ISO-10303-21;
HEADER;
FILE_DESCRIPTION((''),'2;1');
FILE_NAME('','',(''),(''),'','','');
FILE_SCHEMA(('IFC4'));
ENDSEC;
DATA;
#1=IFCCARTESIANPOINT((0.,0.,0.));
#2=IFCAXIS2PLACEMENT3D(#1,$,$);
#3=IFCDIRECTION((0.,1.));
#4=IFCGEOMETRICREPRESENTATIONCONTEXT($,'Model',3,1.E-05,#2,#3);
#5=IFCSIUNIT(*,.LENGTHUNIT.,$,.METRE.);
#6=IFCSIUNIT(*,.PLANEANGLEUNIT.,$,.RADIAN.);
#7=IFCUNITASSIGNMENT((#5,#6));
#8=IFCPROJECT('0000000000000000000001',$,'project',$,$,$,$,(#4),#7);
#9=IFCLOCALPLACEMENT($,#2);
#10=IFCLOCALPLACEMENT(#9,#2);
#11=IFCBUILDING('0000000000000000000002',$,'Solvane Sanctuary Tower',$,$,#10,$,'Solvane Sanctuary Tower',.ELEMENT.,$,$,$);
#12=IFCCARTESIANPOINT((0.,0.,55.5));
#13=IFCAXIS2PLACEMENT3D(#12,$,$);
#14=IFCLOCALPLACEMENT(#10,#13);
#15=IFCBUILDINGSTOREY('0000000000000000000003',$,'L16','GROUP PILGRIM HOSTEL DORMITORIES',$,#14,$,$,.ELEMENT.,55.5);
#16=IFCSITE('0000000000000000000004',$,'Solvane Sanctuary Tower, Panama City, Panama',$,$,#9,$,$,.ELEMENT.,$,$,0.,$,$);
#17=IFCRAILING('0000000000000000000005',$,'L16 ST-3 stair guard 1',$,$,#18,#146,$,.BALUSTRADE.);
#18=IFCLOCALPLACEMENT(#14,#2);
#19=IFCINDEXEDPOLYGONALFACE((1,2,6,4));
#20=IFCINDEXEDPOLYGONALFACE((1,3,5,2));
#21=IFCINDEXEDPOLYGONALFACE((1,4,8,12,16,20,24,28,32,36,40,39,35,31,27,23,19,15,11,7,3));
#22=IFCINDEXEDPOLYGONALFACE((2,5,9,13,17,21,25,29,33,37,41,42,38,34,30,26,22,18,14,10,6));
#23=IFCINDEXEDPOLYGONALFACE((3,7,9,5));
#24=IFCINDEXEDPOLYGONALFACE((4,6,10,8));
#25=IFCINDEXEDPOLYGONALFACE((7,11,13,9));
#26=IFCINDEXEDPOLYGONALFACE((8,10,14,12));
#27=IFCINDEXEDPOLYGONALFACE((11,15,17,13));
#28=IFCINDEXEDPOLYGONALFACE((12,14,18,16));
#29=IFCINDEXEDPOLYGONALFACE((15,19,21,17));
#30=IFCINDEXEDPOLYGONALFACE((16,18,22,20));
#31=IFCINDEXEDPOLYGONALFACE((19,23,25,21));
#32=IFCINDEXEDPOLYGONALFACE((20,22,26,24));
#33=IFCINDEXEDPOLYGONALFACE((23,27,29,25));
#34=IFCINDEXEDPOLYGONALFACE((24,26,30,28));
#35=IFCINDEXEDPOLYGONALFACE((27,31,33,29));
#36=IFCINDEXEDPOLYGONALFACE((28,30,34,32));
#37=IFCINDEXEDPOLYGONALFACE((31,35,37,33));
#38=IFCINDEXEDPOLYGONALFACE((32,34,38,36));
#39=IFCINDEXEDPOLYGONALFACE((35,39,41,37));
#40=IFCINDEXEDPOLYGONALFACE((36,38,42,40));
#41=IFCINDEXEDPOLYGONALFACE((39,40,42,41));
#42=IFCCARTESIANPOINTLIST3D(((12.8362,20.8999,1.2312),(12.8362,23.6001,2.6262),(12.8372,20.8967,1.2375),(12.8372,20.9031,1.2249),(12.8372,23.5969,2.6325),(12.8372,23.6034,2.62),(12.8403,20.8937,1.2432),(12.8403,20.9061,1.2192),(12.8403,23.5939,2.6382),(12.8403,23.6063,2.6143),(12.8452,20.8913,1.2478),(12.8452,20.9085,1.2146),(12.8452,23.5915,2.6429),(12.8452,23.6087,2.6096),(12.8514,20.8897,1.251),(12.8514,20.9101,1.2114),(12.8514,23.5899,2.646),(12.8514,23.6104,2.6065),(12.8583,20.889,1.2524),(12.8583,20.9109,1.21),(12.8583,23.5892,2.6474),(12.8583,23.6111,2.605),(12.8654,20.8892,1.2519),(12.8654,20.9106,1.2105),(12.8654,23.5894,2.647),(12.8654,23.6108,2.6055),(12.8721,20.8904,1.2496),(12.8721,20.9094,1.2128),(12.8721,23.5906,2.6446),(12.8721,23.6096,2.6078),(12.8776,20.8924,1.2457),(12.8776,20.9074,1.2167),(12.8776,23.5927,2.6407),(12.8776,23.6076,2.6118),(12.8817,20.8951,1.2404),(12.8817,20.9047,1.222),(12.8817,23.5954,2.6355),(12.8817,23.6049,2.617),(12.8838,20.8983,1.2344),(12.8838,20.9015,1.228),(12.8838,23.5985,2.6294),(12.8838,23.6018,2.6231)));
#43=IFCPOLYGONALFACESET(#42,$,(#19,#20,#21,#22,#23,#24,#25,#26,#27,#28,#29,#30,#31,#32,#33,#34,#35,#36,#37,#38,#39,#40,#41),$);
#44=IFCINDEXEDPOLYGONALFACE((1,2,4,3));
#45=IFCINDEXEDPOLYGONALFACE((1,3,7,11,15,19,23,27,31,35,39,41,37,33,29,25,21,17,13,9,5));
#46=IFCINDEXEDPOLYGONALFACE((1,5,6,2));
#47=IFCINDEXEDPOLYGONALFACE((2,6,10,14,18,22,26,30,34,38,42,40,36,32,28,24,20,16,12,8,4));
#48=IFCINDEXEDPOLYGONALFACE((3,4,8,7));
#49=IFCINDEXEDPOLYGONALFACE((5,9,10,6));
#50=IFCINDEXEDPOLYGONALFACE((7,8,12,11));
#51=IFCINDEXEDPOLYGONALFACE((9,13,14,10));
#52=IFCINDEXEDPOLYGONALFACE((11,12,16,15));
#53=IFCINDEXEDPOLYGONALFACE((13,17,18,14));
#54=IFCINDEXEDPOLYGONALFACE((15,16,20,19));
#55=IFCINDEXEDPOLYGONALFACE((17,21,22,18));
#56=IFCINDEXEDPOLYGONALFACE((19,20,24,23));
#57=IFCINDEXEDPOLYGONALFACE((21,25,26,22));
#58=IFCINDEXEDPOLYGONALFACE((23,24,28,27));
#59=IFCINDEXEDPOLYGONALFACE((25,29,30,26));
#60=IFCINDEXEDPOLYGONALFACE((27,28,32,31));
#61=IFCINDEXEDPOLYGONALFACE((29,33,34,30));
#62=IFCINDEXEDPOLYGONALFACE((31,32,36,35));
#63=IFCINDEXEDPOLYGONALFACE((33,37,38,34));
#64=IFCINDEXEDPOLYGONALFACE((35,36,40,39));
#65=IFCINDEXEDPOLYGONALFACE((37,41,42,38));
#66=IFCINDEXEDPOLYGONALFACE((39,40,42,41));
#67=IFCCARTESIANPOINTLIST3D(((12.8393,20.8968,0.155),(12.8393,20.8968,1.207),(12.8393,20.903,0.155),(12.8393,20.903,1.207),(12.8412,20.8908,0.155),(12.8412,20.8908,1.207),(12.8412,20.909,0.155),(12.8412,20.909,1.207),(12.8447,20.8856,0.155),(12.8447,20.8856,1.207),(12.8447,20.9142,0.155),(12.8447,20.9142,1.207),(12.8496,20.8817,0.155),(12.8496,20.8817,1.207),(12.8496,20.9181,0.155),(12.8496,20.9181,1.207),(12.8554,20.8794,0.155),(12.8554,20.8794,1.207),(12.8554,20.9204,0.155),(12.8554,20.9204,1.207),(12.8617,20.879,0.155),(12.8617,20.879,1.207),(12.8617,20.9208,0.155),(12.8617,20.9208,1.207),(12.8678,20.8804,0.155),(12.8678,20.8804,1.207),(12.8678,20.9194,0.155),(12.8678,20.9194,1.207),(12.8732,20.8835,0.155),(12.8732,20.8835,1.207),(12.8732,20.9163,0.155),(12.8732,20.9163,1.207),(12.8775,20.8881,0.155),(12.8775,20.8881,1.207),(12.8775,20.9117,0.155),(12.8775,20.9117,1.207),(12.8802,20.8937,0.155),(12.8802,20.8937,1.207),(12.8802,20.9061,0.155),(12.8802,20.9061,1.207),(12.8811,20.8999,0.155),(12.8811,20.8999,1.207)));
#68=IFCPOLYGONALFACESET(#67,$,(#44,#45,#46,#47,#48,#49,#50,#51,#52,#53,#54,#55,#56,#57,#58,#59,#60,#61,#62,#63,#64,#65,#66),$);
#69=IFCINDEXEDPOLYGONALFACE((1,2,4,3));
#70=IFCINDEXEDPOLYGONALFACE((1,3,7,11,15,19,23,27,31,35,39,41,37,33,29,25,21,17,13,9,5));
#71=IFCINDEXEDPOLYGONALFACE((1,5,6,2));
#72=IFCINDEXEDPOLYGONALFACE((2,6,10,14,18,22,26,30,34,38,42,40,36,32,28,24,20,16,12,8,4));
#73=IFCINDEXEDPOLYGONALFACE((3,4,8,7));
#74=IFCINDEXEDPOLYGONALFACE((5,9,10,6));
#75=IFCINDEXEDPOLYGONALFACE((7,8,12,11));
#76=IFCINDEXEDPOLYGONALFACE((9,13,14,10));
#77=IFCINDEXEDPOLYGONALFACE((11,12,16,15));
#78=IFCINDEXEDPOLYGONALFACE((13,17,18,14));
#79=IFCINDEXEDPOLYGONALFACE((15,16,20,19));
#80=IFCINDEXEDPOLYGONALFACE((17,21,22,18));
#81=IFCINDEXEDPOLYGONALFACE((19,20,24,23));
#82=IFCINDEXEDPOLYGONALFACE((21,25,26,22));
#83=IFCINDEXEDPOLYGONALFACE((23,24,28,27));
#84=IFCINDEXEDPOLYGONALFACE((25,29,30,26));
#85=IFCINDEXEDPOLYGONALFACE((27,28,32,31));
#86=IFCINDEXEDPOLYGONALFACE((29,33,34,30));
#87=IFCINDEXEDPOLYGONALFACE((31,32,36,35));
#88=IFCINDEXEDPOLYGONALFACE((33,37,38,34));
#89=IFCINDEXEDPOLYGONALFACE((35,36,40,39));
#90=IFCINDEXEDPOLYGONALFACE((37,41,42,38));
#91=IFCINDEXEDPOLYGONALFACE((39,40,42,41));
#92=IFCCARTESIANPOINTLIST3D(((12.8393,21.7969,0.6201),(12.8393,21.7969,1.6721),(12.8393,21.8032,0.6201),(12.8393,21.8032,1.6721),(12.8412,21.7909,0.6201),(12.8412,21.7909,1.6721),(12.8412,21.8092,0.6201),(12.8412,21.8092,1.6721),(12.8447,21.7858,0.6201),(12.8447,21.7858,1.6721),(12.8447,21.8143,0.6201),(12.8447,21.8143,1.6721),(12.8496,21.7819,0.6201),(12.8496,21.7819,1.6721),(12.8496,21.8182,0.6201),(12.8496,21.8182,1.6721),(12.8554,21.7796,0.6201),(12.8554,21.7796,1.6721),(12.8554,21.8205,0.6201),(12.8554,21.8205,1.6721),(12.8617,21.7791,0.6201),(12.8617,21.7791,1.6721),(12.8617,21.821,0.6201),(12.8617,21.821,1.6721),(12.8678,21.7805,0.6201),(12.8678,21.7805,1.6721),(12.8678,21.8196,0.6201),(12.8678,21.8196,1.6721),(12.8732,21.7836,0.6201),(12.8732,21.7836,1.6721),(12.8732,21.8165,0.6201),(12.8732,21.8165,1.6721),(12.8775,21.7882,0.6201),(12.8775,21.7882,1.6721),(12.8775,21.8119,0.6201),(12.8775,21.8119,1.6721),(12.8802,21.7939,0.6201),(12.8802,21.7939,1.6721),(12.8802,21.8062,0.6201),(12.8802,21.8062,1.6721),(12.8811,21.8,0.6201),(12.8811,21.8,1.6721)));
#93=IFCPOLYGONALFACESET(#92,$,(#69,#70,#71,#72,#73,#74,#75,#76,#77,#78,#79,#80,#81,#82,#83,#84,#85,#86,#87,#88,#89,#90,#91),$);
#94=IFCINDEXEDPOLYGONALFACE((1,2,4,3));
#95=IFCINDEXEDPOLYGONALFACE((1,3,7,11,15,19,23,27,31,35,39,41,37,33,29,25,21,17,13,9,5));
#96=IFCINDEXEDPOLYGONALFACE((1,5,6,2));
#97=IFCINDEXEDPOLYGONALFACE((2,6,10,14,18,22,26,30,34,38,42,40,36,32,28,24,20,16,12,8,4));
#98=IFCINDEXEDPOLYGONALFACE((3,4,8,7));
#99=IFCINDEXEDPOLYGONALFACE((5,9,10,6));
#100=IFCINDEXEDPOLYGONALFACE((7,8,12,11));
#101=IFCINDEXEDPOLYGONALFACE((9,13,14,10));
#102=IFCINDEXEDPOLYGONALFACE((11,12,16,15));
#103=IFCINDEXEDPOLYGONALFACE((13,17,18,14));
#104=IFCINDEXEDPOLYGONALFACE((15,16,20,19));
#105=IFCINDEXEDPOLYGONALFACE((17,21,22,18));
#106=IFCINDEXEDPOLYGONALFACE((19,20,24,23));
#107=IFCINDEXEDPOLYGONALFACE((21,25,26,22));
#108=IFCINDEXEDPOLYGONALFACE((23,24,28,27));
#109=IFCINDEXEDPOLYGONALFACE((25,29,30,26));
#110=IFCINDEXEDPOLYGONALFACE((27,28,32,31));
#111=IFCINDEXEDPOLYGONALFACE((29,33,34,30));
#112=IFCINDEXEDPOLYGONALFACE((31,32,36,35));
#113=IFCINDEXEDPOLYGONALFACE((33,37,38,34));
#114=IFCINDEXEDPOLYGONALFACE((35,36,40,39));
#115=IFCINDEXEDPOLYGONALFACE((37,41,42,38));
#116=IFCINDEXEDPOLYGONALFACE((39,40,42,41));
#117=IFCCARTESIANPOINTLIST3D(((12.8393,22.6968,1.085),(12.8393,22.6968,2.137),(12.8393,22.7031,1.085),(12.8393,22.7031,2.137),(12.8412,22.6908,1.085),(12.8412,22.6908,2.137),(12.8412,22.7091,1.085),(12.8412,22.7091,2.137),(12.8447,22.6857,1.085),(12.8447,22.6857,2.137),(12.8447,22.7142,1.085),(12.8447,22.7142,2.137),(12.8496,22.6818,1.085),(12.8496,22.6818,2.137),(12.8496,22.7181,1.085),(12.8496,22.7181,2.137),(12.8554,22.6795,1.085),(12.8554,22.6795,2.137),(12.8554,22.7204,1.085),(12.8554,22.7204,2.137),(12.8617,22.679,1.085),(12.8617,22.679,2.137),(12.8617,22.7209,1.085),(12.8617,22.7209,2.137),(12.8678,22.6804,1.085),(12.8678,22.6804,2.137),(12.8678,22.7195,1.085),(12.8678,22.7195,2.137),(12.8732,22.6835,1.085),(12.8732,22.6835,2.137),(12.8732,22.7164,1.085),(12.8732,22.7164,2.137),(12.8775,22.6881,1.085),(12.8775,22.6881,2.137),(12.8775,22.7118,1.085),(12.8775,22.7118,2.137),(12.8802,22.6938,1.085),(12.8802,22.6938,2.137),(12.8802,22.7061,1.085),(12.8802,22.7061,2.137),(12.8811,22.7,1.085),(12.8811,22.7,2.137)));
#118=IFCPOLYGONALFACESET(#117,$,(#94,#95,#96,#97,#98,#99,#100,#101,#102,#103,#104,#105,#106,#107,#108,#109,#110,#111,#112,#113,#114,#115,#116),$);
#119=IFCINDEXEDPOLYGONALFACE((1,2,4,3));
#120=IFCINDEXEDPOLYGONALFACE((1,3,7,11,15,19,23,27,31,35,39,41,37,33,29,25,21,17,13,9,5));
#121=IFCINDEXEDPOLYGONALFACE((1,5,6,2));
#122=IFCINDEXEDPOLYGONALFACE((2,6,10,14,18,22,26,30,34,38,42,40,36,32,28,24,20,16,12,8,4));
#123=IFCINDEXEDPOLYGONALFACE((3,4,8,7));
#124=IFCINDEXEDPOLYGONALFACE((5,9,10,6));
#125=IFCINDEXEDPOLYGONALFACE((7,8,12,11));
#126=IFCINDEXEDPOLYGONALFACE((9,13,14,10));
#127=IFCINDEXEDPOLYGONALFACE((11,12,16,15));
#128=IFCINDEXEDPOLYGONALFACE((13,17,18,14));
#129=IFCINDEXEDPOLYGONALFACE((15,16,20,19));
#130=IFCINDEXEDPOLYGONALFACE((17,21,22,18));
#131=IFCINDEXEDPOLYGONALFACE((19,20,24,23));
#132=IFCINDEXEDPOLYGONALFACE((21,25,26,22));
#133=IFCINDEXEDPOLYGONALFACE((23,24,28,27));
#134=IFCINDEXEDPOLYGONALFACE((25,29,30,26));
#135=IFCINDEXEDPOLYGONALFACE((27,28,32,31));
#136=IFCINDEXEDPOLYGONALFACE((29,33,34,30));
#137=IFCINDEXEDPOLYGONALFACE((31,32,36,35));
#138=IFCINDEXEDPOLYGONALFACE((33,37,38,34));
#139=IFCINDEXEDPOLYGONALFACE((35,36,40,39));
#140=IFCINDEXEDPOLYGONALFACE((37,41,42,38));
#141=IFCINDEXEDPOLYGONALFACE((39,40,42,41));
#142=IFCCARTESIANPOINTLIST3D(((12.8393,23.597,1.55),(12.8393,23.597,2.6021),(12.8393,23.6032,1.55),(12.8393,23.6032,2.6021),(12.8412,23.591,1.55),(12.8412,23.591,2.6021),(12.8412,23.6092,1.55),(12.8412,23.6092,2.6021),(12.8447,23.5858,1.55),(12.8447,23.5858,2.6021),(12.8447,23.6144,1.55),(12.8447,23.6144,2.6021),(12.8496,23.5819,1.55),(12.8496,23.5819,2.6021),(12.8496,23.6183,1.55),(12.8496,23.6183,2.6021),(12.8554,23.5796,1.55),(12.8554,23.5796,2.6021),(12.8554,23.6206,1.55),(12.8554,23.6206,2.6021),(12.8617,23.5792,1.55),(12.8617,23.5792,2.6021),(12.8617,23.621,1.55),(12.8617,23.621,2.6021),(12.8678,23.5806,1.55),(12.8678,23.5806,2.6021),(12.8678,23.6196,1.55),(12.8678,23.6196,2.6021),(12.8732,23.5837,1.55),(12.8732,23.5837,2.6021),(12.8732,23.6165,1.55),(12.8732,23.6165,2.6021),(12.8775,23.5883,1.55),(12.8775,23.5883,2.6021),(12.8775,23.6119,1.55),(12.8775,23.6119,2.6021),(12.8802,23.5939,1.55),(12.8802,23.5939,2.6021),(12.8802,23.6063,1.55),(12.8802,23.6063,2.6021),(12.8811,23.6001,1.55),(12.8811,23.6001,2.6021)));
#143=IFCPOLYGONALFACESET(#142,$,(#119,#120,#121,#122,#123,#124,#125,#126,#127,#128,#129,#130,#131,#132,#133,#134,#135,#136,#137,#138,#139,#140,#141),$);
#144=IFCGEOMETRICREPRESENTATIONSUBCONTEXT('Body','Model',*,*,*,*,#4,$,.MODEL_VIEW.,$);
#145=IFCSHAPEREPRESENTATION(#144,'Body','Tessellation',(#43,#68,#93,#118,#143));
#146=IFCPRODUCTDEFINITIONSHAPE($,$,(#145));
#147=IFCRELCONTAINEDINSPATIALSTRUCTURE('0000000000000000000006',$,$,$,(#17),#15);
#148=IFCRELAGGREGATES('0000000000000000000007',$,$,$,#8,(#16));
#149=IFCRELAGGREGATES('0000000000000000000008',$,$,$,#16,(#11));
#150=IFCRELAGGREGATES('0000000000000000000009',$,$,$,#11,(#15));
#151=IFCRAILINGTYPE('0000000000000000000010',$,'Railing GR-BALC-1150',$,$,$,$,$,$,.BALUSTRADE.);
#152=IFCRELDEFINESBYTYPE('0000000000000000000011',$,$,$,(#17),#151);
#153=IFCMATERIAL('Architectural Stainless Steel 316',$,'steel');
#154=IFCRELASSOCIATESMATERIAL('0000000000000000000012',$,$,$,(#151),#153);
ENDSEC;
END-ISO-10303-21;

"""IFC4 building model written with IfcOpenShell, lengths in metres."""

from ifc_helpers import new_model, si_unit, direction, frame, origin, origin_2d, place, context, subcontext, project, spatial, circle, extrude, material, type_object, element, save


model = new_model("IFC4")

# Units and contexts
model_context = context("Model", 3, precision=1e-05, world=origin(), true_north=direction((0.0, 1.0)))
body_context = subcontext(model_context, "Body", "Model", "MODEL_VIEW")
ifc_project = project(units=[si_unit("LENGTHUNIT", "METRE"), si_unit("PLANEANGLEUNIT", "RADIAN")], contexts=[model_context])

# Site, building, storey
site_placement = place(None, origin())
site = spatial("IfcSite", under=ifc_project, at=site_placement, Name="Solvane Sanctuary Tower, Panama City, Panama", CompositionType="ELEMENT", RefElevation=0.0)
building_placement = place(site_placement, origin())
building = spatial("IfcBuilding", under=site, at=building_placement, Name="Solvane Sanctuary Tower", LongName="Solvane Sanctuary Tower", CompositionType="ELEMENT")
storey_placement = place(building_placement, frame((0.0, 0.0, 55.5)))
storey = spatial("IfcBuildingStorey", under=building, at=storey_placement, Name="L16", Description="GROUP PILGRIM HOSTEL DORMITORIES", CompositionType="ELEMENT", Elevation=55.5)

# Railing
ifc_material_1 = material(Name="Architectural Stainless Steel 316", Category="steel")
railing_type_1 = type_object("IfcRailingType", Name="Railing GR-BALC-1150", PredefinedType="BALUSTRADE", material=ifc_material_1)
railing_1_placement = place(storey_placement, frame((12.8601, 20.8999, 0.155)))
element("IfcRailing", 1, at=railing_1_placement, inside=storey, type_object=railing_type_1, Name="L16 ST-3 stair guard 1", PredefinedType="BALUSTRADE", context=body_context, shape_type="SweptSolid", body=[
    extrude(circle(Radius=0.0239, at=origin_2d()), frame((0.0, 0.0, 1.0762), z_axis=(0.0, 0.888437, 0.458999), x_axis=(-1.0, 0.0, 0.0)), (0.0, 0.0, 1.0), 3.0393),
    extrude(circle(Radius=0.021, at=origin_2d()), origin(), (0.0, 0.0, 1.0), 1.052),
    extrude(circle(Radius=0.021, at=origin_2d()), frame((0.0, 0.9001, 0.4651)), (0.0, 0.0, 1.0), 1.052),
    extrude(circle(Radius=0.021, at=origin_2d()), frame((0.0, 1.8, 0.9299)), (0.0, 0.0, 1.0), 1.052),
    extrude(circle(Radius=0.021, at=origin_2d()), frame((0.0, 2.7002, 1.395)), (0.0, 0.0, 1.0), 1.052),
])

save(model, "model.ifc")
